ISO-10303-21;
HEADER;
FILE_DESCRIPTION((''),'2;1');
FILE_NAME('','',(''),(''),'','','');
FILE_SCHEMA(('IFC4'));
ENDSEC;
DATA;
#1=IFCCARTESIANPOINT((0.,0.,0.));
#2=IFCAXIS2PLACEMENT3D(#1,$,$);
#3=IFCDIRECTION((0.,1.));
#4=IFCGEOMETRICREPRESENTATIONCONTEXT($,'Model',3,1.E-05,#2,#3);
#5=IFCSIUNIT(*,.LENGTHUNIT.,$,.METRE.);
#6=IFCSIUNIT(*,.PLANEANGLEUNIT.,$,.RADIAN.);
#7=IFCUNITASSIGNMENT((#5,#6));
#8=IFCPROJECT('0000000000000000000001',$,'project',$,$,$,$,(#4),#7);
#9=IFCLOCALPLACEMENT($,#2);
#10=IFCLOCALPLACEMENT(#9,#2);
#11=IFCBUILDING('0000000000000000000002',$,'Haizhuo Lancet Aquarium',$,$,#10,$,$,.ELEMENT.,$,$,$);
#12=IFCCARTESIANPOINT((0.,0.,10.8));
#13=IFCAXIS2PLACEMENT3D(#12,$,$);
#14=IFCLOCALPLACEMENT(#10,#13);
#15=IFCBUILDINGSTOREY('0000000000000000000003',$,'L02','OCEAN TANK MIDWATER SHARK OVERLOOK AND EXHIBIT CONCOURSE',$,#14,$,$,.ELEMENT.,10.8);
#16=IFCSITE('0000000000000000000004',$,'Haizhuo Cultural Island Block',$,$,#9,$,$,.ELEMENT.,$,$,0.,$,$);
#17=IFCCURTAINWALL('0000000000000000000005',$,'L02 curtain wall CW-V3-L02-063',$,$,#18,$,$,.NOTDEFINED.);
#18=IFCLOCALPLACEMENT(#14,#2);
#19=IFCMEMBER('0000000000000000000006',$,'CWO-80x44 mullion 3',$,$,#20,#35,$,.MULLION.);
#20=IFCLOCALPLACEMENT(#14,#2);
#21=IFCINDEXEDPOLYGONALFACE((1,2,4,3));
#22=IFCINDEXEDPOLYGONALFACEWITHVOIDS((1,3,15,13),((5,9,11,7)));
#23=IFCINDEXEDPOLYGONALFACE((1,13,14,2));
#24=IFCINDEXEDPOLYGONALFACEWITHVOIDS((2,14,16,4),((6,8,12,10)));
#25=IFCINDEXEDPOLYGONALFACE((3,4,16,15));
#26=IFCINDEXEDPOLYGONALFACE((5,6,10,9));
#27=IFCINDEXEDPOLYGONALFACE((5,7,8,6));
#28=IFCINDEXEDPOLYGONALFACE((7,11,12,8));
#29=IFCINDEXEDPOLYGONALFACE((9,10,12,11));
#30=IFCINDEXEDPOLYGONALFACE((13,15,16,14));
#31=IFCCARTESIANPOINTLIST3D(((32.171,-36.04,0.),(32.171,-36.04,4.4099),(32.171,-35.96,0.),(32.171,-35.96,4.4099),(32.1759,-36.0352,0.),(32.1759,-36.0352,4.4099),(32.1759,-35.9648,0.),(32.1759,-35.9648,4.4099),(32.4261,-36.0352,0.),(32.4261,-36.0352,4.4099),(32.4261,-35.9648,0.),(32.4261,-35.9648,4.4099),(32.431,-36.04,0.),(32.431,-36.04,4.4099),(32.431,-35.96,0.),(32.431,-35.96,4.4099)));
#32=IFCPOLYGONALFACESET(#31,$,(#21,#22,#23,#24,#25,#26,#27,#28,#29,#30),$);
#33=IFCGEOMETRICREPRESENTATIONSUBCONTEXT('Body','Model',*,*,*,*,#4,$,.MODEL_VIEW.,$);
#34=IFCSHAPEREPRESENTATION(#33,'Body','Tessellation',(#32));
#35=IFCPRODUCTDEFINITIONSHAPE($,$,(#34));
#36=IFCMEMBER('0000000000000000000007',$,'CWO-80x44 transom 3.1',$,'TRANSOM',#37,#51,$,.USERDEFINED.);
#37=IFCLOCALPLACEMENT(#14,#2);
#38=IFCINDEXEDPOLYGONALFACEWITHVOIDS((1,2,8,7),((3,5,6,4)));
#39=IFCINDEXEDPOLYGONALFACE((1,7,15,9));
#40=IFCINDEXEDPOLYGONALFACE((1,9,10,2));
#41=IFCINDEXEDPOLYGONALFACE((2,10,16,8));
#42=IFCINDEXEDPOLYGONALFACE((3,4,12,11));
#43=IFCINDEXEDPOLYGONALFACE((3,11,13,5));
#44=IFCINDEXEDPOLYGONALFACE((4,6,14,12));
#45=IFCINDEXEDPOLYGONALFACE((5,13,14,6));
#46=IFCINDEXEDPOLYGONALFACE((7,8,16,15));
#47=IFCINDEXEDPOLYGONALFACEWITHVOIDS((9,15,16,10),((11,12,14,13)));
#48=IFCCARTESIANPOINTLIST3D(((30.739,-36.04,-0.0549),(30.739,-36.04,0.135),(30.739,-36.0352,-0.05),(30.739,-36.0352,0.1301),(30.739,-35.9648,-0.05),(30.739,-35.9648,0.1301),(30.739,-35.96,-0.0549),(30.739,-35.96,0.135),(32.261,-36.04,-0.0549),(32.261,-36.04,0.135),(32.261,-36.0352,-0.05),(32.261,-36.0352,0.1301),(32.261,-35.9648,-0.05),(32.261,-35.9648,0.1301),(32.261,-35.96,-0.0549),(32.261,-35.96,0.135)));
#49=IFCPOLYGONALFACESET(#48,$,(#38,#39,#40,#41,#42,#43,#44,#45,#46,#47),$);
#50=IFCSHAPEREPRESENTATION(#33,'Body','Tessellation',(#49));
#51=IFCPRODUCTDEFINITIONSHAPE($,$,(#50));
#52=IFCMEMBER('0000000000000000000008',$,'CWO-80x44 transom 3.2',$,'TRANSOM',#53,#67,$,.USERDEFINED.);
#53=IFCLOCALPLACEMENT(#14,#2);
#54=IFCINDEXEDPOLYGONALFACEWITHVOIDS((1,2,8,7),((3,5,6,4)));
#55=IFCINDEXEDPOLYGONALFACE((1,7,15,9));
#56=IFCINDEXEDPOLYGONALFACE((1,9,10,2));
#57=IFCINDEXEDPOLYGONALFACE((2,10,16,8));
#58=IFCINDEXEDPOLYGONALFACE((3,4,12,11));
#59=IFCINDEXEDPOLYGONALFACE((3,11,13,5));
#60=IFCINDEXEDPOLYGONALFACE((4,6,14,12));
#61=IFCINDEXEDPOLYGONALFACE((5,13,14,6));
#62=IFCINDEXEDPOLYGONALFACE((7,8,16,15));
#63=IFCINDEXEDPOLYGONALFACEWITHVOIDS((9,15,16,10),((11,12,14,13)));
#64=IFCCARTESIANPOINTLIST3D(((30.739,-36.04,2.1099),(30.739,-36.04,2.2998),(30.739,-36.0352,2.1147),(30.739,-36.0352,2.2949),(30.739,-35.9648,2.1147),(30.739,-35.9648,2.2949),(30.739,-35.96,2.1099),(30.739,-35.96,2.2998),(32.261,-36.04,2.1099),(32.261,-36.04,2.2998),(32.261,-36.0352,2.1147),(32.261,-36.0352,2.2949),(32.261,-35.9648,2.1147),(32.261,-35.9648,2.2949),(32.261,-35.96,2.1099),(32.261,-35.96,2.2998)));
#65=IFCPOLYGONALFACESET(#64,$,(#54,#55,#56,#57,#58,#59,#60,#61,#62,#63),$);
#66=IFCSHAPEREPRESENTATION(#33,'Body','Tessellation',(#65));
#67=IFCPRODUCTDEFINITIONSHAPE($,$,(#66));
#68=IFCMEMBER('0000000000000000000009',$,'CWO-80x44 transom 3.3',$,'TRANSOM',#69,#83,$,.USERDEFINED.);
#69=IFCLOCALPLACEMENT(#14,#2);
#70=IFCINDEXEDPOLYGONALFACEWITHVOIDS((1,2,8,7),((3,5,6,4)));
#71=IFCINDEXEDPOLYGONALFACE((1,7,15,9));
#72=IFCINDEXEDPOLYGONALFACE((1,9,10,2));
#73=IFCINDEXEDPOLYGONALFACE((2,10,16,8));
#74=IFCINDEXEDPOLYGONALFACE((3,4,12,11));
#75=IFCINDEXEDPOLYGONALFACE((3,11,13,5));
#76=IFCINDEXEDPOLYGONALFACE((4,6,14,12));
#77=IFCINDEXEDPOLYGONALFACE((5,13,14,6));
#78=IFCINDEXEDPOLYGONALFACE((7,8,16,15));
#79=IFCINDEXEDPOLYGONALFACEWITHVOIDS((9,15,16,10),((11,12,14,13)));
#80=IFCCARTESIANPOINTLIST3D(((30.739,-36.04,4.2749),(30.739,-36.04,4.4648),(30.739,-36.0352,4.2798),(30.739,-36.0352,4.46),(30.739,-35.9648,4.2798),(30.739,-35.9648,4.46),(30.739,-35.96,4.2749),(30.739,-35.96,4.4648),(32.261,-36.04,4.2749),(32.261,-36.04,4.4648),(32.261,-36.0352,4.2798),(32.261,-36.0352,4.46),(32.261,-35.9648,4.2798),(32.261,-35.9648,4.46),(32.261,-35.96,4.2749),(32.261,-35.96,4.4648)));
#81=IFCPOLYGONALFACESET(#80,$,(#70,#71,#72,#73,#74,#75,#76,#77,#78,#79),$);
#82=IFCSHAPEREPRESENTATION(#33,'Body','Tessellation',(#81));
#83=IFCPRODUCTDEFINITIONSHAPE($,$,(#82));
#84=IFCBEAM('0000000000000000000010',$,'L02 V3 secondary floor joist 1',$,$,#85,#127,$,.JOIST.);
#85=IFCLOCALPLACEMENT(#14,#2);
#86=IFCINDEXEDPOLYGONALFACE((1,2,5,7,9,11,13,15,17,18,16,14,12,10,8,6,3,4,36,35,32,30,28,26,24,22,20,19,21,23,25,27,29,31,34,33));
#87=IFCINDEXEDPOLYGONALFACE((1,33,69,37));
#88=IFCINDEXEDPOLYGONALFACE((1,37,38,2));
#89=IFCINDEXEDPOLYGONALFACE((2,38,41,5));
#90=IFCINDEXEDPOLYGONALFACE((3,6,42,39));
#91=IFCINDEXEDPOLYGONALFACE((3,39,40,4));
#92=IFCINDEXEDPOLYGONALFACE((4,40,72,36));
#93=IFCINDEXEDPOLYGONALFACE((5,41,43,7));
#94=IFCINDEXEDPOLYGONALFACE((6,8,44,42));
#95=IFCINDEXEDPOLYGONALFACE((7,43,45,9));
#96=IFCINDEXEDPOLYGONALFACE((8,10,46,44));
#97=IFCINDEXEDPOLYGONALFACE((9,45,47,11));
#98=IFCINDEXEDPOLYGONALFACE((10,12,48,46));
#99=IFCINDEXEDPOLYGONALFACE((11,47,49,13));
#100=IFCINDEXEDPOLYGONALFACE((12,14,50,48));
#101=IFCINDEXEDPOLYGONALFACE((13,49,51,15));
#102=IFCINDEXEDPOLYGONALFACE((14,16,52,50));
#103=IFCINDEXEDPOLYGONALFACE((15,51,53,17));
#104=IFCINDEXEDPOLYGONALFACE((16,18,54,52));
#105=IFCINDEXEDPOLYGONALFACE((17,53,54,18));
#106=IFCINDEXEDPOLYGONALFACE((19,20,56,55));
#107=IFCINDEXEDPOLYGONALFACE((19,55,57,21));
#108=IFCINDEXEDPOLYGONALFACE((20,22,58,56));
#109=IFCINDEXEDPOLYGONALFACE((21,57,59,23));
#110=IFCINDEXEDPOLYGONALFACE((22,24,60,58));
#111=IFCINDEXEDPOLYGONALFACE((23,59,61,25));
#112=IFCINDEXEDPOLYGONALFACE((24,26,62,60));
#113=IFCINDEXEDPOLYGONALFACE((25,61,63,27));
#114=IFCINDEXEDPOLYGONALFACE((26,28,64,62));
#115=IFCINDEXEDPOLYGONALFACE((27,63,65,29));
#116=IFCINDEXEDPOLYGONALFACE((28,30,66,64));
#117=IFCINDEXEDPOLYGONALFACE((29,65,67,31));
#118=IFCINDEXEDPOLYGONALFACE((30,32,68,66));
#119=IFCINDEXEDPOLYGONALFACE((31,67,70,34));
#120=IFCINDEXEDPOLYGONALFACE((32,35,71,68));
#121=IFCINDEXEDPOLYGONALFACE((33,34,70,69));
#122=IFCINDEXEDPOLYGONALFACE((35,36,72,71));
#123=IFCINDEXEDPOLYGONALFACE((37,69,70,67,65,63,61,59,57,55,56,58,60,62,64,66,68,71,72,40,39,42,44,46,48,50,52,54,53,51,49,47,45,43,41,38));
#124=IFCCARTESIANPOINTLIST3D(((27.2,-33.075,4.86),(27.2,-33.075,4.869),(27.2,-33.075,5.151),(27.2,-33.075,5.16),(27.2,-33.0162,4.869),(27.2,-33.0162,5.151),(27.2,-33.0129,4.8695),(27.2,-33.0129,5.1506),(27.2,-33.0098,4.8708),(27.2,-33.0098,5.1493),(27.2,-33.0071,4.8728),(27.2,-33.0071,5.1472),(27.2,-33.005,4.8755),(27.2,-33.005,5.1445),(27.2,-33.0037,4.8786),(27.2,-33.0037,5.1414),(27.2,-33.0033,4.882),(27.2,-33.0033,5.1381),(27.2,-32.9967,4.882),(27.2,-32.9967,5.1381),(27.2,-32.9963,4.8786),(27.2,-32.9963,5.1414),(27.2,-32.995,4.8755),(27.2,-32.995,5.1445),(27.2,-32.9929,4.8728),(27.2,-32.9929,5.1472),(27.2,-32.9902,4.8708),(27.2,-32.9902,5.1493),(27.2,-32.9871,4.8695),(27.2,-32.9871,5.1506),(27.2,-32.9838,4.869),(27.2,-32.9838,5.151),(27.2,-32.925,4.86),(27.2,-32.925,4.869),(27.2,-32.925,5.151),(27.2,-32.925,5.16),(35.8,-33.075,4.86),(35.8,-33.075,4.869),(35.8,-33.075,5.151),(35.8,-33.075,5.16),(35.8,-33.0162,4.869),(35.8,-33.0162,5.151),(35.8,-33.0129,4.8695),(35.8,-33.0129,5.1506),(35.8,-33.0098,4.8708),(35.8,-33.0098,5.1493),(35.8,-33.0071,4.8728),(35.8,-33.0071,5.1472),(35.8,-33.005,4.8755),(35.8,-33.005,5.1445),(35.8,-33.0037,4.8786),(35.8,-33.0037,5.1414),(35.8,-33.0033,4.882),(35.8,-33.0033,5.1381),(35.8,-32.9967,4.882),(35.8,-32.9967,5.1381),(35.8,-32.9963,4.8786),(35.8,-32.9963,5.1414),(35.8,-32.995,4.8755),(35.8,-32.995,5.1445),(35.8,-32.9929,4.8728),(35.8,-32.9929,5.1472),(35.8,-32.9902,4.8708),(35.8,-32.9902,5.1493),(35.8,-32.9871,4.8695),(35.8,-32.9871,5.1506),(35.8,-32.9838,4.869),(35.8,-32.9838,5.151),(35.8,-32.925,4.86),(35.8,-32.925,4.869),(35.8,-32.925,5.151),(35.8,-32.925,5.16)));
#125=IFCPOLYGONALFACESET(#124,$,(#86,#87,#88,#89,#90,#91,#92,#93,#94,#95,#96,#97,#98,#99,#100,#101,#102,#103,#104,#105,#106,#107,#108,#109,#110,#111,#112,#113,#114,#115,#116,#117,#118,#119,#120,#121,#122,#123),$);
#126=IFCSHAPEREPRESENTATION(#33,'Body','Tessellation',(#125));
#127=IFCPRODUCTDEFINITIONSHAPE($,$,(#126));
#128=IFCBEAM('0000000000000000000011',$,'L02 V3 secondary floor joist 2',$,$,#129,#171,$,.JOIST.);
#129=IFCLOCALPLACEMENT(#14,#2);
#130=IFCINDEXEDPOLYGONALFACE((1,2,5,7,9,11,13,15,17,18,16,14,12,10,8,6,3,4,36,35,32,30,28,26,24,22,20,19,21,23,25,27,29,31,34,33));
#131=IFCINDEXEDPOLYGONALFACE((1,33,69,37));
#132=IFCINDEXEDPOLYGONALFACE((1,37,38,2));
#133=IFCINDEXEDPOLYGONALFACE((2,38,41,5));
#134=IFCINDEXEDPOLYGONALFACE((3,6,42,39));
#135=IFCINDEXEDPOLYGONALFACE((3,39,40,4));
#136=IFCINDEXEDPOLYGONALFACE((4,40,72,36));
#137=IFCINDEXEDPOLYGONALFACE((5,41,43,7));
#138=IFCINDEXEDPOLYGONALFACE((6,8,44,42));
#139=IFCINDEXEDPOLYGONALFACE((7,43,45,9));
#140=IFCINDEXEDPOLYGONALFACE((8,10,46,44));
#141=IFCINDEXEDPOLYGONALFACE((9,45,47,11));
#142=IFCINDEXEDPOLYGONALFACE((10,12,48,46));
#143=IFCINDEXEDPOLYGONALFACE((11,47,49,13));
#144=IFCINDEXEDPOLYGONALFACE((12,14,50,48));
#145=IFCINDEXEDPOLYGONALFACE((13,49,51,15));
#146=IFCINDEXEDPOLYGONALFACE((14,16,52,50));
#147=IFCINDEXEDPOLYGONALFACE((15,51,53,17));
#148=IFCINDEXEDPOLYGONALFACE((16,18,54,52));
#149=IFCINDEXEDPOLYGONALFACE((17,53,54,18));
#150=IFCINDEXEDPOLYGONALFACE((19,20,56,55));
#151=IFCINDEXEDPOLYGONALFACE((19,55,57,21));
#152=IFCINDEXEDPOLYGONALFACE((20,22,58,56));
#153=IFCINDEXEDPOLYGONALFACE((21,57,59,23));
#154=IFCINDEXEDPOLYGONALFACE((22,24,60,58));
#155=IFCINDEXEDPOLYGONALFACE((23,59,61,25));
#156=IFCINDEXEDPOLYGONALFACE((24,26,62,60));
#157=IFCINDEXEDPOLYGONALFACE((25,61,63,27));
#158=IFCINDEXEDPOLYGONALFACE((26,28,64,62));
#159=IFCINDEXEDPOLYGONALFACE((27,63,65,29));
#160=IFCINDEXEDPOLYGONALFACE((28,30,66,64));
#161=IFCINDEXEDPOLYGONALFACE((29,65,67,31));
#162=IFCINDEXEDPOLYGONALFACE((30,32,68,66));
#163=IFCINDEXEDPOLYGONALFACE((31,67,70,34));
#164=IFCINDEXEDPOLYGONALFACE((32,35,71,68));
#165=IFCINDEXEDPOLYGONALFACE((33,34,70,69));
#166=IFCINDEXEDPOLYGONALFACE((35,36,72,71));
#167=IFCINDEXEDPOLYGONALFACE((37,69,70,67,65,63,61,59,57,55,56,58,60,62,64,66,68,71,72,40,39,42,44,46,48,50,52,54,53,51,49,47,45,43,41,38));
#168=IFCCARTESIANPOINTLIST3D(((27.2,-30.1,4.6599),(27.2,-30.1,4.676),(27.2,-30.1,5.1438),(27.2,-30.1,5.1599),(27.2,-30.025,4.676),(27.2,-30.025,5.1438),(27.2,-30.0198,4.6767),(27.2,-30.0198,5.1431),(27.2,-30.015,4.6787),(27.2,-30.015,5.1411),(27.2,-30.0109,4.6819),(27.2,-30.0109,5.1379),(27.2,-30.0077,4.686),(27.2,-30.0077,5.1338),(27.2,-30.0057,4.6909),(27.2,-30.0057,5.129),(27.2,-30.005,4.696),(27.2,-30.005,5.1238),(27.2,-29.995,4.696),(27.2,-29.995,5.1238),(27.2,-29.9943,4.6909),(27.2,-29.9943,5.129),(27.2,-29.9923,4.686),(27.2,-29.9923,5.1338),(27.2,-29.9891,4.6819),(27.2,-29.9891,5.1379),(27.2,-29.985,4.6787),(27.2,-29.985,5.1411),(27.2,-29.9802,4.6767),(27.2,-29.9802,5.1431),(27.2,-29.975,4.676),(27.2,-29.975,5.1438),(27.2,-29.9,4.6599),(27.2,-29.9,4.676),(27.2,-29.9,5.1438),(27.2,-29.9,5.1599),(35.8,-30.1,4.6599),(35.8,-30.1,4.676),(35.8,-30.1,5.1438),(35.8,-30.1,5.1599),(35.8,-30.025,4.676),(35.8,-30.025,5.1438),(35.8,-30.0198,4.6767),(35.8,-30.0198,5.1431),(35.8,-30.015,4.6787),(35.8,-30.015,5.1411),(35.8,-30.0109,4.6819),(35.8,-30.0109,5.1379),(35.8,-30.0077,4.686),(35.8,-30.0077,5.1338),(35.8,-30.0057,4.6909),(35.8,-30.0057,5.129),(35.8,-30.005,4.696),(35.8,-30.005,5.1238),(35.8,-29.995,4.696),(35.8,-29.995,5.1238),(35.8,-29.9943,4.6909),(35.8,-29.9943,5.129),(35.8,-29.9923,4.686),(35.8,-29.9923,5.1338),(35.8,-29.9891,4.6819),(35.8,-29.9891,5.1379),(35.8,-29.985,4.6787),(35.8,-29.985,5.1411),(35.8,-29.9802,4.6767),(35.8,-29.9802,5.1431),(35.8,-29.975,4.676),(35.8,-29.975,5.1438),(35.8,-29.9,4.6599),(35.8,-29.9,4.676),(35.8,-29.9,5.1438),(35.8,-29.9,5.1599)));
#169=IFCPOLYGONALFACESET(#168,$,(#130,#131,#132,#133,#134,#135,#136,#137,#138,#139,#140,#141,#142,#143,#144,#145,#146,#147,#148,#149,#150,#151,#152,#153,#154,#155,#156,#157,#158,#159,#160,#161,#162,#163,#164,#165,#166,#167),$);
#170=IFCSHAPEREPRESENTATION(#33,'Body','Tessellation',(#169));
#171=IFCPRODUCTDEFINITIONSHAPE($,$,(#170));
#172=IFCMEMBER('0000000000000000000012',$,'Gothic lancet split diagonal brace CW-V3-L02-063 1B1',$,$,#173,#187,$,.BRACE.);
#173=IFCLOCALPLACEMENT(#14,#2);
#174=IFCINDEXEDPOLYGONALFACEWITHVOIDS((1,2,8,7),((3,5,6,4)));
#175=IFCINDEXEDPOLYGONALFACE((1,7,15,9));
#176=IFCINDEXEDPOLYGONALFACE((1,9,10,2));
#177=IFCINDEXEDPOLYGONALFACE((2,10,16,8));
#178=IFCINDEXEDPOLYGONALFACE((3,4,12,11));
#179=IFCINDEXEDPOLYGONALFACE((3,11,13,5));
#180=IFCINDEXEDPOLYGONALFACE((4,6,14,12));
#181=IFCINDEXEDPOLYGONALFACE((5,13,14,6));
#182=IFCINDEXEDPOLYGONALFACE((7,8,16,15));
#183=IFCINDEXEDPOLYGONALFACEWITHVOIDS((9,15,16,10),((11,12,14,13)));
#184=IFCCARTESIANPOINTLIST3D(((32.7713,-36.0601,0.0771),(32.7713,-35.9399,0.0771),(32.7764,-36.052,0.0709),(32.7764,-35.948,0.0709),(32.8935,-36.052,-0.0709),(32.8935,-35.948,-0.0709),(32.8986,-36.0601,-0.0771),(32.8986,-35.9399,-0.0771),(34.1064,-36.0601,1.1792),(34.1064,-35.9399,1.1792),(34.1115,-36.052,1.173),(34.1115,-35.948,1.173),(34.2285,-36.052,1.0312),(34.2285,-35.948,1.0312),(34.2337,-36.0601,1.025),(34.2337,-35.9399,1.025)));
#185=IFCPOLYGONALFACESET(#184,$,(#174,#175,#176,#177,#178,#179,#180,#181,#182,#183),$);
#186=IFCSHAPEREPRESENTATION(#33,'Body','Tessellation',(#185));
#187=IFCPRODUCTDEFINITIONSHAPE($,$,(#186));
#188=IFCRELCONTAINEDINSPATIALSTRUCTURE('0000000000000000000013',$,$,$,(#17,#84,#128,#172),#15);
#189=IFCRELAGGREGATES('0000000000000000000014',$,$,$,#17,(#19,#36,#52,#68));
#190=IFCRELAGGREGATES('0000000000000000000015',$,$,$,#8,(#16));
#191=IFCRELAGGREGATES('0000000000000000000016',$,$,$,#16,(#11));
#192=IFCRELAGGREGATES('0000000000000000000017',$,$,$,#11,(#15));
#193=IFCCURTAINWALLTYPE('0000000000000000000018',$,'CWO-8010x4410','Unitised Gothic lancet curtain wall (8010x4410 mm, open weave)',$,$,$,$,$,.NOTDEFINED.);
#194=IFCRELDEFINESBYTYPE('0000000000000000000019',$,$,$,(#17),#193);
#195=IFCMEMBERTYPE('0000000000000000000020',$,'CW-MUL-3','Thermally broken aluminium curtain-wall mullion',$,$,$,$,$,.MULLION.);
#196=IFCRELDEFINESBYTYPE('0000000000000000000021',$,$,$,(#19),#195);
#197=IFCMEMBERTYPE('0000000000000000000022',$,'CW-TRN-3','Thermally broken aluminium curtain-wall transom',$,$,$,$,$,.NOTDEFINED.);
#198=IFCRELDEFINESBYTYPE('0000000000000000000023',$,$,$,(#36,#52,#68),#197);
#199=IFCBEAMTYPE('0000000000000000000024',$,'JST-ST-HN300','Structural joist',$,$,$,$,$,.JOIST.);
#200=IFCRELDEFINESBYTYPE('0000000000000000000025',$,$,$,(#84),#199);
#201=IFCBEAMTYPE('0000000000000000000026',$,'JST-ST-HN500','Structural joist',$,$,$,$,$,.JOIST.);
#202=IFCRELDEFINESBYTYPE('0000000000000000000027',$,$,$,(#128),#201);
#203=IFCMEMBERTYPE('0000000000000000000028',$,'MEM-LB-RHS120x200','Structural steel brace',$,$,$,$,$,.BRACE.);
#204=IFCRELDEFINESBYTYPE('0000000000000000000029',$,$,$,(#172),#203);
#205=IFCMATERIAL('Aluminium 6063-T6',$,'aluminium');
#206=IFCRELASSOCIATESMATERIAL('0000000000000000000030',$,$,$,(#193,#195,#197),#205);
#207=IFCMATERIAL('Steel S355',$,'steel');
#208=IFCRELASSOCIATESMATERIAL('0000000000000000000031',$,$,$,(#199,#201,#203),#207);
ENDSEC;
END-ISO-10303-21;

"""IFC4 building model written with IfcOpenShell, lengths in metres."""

from ifc_helpers import new_model, si_unit, direction, frame, origin, origin_2d, place, context, subcontext, project, spatial, hollow_rectangle, i_section, extrude, material, material_profile, profile_set, type_object, element, aggregate, save


model = new_model("IFC4")

# Units and contexts
model_context = context("Model", 3, precision=1e-05, world=origin(), true_north=direction((0.0, 1.0)))
body_context = subcontext(model_context, "Body", "Model", "MODEL_VIEW")
ifc_project = project(units=[si_unit("LENGTHUNIT", "METRE"), si_unit("PLANEANGLEUNIT", "RADIAN")], contexts=[model_context])

# Site, building, storey
site_placement = place(None, origin())
site = spatial("IfcSite", under=ifc_project, at=site_placement, Name="Haizhuo Cultural Island Block", CompositionType="ELEMENT", RefElevation=0.0)
building_placement = place(site_placement, origin())
building = spatial("IfcBuilding", under=site, at=building_placement, Name="Haizhuo Lancet Aquarium", CompositionType="ELEMENT")
storey_placement = place(building_placement, frame((0.0, 0.0, 10.8)))
storey = spatial("IfcBuildingStorey", under=building, at=storey_placement, Name="L02", Description="OCEAN TANK MIDWATER SHARK OVERLOOK AND EXHIBIT CONCOURSE", CompositionType="ELEMENT", Elevation=10.8)

# Curtain wall, members
ifc_material_1 = material(Name="Aluminium 6063-T6", Category="aluminium")
curtain_wall_type_1 = type_object("IfcCurtainWallType", Name="CWO-8010x4410", Description="Unitised Gothic lancet curtain wall (8010x4410 mm, open weave)", PredefinedType="NOTDEFINED", material=ifc_material_1)
curtain_wall_1_placement = place(storey_placement, origin())
curtain_wall_1 = element("IfcCurtainWall", 1, at=curtain_wall_1_placement, inside=storey, type_object=curtain_wall_type_1, Name="L02 curtain wall CW-V3-L02-063", PredefinedType="NOTDEFINED")
ifc_material_profile_1 = material_profile(ifc_material_1, hollow_rectangle(XDim=0.0801, YDim=0.26, WallThickness=0.0049, at=origin_2d()), Name="ALU-M 80x260x5")
ifc_profile_set_1 = profile_set([ifc_material_profile_1], Name="Aluminium 6063-T6")
member_type_1 = type_object("IfcMemberType", Name="CW-MUL-3", Description="Thermally broken aluminium curtain-wall mullion", PredefinedType="MULLION", material=ifc_profile_set_1)
member_1_placement = place(storey_placement, frame((32.301, -36.0, 0.0), z_axis=(0.0, 0.0, 1.0), x_axis=(0.0, -1.0, 0.0)))
member_1 = element("IfcMember", 2, at=member_1_placement, type_object=member_type_1, Name="CWO-80x44 mullion 3", PredefinedType="MULLION", context=body_context, shape_type="SweptSolid", body=[
    extrude(hollow_rectangle(XDim=0.0801, YDim=0.26, WallThickness=0.0049, at=origin_2d()), origin(), (0.0, 0.0, 1.0), 4.4099),
])
ifc_material_profile_2 = material_profile(ifc_material_1, hollow_rectangle(XDim=0.0801, YDim=0.1899, WallThickness=0.0049, at=origin_2d()), Name="ALU-T 80x190x5")
ifc_profile_set_2 = profile_set([ifc_material_profile_2], Name="Aluminium 6063-T6")
member_type_2 = type_object("IfcMemberType", Name="CW-TRN-3", Description="Thermally broken aluminium curtain-wall transom", PredefinedType="NOTDEFINED", material=ifc_profile_set_2)
member_2_placement = place(storey_placement, frame((32.261, -36.0, 0.04), z_axis=(-1.0, 0.0, 0.0), x_axis=(0.0, -1.0, 0.0)))
member_2 = element("IfcMember", 3, at=member_2_placement, type_object=member_type_2, Name="CWO-80x44 transom 3.1", ObjectType="TRANSOM", PredefinedType="USERDEFINED", context=body_context, shape_type="SweptSolid", body=[
    extrude(hollow_rectangle(XDim=0.0801, YDim=0.1899, WallThickness=0.0049, at=origin_2d()), origin(), (0.0, 0.0, 1.0), 1.522),
])
member_3_placement = place(storey_placement, frame((32.261, -36.0, 2.2048), z_axis=(-1.0, 0.0, 0.0), x_axis=(0.0, -1.0, 0.0)))
member_3 = element("IfcMember", 4, at=member_3_placement, type_object=member_type_2, Name="CWO-80x44 transom 3.2", ObjectType="TRANSOM", PredefinedType="USERDEFINED", context=body_context, shape_type="SweptSolid", body=[
    extrude(hollow_rectangle(XDim=0.0801, YDim=0.1899, WallThickness=0.0049, at=origin_2d()), origin(), (0.0, 0.0, 1.0), 1.522),
])
member_4_placement = place(storey_placement, frame((32.261, -36.0, 4.3699), z_axis=(-1.0, 0.0, 0.0), x_axis=(0.0, -1.0, 0.0)))
member_4 = element("IfcMember", 5, at=member_4_placement, type_object=member_type_2, Name="CWO-80x44 transom 3.3", ObjectType="TRANSOM", PredefinedType="USERDEFINED", context=body_context, shape_type="SweptSolid", body=[
    extrude(hollow_rectangle(XDim=0.0801, YDim=0.1899, WallThickness=0.0049, at=origin_2d()), origin(), (0.0, 0.0, 1.0), 1.522),
])

# Beams
ifc_material_2 = material(Name="Steel S355", Category="steel")
ifc_material_profile_3 = material_profile(ifc_material_2, i_section(OverallWidth=0.1499, OverallDepth=0.3, WebThickness=0.0066, FlangeThickness=0.009, FilletRadius=0.0129, at=origin_2d()), Name="HN 300x150x6.5x9")
ifc_profile_set_3 = profile_set([ifc_material_profile_3], Name="Steel S355")
beam_type_1 = type_object("IfcBeamType", Name="JST-ST-HN300", Description="Structural joist", PredefinedType="JOIST", material=ifc_profile_set_3)
beam_1_placement = place(storey_placement, frame((27.2, -33.0, 5.01), z_axis=(1.0, 0.0, 0.0), x_axis=(0.0, 1.0, 0.0)))
element("IfcBeam", 6, at=beam_1_placement, inside=storey, type_object=beam_type_1, Name="L02 V3 secondary floor joist 1", PredefinedType="JOIST", context=body_context, shape_type="SweptSolid", body=[
    extrude(i_section(OverallWidth=0.1499, OverallDepth=0.3, WebThickness=0.0066, FlangeThickness=0.009, FilletRadius=0.0129, at=origin_2d()), origin(), (0.0, 0.0, 1.0), 8.6001),
])
ifc_material_profile_4 = material_profile(ifc_material_2, i_section(OverallWidth=0.2, OverallDepth=0.5, WebThickness=0.01, FlangeThickness=0.0161, FilletRadius=0.02, at=origin_2d()), Name="HN 500x200x10x16")
ifc_profile_set_4 = profile_set([ifc_material_profile_4], Name="Steel S355")
beam_type_2 = type_object("IfcBeamType", Name="JST-ST-HN500", Description="Structural joist", PredefinedType="JOIST", material=ifc_profile_set_4)
beam_2_placement = place(storey_placement, frame((27.2, -30.0, 4.9099), z_axis=(1.0, 0.0, 0.0), x_axis=(0.0, 1.0, 0.0)))
element("IfcBeam", 7, at=beam_2_placement, inside=storey, type_object=beam_type_2, Name="L02 V3 secondary floor joist 2", PredefinedType="JOIST", context=body_context, shape_type="SweptSolid", body=[
    extrude(i_section(OverallWidth=0.2, OverallDepth=0.5, WebThickness=0.01, FlangeThickness=0.0161, FilletRadius=0.02, at=origin_2d()), origin(), (0.0, 0.0, 1.0), 8.6001),
])

# Member
ifc_material_profile_5 = material_profile(ifc_material_2, hollow_rectangle(XDim=0.1201, YDim=0.2, WallThickness=0.0081, at=origin_2d()), Name="RHS 120x200x8")
ifc_profile_set_5 = profile_set([ifc_material_profile_5], Name="Steel S355")
member_type_3 = type_object("IfcMemberType", Name="MEM-LB-RHS120x200", Description="Structural steel brace", PredefinedType="BRACE", material=ifc_profile_set_5)
member_5_placement = place(storey_placement, frame((32.835, -36.0, 0.0), z_axis=(0.771172, 0.0, 0.636626), x_axis=(0.0, 1.0, 0.0)))
element("IfcMember", 8, at=member_5_placement, inside=storey, type_object=member_type_3, Name="Gothic lancet split diagonal brace CW-V3-L02-063 1B1", PredefinedType="BRACE", context=body_context, shape_type="SweptSolid", body=[
    extrude(hollow_rectangle(XDim=0.1201, YDim=0.2, WallThickness=0.0081, at=origin_2d()), origin(), (0.0, 0.0, 1.0), 1.7312),
])

aggregate(curtain_wall_1, [member_1, member_2, member_3, member_4])

save(model, "model.ifc")
